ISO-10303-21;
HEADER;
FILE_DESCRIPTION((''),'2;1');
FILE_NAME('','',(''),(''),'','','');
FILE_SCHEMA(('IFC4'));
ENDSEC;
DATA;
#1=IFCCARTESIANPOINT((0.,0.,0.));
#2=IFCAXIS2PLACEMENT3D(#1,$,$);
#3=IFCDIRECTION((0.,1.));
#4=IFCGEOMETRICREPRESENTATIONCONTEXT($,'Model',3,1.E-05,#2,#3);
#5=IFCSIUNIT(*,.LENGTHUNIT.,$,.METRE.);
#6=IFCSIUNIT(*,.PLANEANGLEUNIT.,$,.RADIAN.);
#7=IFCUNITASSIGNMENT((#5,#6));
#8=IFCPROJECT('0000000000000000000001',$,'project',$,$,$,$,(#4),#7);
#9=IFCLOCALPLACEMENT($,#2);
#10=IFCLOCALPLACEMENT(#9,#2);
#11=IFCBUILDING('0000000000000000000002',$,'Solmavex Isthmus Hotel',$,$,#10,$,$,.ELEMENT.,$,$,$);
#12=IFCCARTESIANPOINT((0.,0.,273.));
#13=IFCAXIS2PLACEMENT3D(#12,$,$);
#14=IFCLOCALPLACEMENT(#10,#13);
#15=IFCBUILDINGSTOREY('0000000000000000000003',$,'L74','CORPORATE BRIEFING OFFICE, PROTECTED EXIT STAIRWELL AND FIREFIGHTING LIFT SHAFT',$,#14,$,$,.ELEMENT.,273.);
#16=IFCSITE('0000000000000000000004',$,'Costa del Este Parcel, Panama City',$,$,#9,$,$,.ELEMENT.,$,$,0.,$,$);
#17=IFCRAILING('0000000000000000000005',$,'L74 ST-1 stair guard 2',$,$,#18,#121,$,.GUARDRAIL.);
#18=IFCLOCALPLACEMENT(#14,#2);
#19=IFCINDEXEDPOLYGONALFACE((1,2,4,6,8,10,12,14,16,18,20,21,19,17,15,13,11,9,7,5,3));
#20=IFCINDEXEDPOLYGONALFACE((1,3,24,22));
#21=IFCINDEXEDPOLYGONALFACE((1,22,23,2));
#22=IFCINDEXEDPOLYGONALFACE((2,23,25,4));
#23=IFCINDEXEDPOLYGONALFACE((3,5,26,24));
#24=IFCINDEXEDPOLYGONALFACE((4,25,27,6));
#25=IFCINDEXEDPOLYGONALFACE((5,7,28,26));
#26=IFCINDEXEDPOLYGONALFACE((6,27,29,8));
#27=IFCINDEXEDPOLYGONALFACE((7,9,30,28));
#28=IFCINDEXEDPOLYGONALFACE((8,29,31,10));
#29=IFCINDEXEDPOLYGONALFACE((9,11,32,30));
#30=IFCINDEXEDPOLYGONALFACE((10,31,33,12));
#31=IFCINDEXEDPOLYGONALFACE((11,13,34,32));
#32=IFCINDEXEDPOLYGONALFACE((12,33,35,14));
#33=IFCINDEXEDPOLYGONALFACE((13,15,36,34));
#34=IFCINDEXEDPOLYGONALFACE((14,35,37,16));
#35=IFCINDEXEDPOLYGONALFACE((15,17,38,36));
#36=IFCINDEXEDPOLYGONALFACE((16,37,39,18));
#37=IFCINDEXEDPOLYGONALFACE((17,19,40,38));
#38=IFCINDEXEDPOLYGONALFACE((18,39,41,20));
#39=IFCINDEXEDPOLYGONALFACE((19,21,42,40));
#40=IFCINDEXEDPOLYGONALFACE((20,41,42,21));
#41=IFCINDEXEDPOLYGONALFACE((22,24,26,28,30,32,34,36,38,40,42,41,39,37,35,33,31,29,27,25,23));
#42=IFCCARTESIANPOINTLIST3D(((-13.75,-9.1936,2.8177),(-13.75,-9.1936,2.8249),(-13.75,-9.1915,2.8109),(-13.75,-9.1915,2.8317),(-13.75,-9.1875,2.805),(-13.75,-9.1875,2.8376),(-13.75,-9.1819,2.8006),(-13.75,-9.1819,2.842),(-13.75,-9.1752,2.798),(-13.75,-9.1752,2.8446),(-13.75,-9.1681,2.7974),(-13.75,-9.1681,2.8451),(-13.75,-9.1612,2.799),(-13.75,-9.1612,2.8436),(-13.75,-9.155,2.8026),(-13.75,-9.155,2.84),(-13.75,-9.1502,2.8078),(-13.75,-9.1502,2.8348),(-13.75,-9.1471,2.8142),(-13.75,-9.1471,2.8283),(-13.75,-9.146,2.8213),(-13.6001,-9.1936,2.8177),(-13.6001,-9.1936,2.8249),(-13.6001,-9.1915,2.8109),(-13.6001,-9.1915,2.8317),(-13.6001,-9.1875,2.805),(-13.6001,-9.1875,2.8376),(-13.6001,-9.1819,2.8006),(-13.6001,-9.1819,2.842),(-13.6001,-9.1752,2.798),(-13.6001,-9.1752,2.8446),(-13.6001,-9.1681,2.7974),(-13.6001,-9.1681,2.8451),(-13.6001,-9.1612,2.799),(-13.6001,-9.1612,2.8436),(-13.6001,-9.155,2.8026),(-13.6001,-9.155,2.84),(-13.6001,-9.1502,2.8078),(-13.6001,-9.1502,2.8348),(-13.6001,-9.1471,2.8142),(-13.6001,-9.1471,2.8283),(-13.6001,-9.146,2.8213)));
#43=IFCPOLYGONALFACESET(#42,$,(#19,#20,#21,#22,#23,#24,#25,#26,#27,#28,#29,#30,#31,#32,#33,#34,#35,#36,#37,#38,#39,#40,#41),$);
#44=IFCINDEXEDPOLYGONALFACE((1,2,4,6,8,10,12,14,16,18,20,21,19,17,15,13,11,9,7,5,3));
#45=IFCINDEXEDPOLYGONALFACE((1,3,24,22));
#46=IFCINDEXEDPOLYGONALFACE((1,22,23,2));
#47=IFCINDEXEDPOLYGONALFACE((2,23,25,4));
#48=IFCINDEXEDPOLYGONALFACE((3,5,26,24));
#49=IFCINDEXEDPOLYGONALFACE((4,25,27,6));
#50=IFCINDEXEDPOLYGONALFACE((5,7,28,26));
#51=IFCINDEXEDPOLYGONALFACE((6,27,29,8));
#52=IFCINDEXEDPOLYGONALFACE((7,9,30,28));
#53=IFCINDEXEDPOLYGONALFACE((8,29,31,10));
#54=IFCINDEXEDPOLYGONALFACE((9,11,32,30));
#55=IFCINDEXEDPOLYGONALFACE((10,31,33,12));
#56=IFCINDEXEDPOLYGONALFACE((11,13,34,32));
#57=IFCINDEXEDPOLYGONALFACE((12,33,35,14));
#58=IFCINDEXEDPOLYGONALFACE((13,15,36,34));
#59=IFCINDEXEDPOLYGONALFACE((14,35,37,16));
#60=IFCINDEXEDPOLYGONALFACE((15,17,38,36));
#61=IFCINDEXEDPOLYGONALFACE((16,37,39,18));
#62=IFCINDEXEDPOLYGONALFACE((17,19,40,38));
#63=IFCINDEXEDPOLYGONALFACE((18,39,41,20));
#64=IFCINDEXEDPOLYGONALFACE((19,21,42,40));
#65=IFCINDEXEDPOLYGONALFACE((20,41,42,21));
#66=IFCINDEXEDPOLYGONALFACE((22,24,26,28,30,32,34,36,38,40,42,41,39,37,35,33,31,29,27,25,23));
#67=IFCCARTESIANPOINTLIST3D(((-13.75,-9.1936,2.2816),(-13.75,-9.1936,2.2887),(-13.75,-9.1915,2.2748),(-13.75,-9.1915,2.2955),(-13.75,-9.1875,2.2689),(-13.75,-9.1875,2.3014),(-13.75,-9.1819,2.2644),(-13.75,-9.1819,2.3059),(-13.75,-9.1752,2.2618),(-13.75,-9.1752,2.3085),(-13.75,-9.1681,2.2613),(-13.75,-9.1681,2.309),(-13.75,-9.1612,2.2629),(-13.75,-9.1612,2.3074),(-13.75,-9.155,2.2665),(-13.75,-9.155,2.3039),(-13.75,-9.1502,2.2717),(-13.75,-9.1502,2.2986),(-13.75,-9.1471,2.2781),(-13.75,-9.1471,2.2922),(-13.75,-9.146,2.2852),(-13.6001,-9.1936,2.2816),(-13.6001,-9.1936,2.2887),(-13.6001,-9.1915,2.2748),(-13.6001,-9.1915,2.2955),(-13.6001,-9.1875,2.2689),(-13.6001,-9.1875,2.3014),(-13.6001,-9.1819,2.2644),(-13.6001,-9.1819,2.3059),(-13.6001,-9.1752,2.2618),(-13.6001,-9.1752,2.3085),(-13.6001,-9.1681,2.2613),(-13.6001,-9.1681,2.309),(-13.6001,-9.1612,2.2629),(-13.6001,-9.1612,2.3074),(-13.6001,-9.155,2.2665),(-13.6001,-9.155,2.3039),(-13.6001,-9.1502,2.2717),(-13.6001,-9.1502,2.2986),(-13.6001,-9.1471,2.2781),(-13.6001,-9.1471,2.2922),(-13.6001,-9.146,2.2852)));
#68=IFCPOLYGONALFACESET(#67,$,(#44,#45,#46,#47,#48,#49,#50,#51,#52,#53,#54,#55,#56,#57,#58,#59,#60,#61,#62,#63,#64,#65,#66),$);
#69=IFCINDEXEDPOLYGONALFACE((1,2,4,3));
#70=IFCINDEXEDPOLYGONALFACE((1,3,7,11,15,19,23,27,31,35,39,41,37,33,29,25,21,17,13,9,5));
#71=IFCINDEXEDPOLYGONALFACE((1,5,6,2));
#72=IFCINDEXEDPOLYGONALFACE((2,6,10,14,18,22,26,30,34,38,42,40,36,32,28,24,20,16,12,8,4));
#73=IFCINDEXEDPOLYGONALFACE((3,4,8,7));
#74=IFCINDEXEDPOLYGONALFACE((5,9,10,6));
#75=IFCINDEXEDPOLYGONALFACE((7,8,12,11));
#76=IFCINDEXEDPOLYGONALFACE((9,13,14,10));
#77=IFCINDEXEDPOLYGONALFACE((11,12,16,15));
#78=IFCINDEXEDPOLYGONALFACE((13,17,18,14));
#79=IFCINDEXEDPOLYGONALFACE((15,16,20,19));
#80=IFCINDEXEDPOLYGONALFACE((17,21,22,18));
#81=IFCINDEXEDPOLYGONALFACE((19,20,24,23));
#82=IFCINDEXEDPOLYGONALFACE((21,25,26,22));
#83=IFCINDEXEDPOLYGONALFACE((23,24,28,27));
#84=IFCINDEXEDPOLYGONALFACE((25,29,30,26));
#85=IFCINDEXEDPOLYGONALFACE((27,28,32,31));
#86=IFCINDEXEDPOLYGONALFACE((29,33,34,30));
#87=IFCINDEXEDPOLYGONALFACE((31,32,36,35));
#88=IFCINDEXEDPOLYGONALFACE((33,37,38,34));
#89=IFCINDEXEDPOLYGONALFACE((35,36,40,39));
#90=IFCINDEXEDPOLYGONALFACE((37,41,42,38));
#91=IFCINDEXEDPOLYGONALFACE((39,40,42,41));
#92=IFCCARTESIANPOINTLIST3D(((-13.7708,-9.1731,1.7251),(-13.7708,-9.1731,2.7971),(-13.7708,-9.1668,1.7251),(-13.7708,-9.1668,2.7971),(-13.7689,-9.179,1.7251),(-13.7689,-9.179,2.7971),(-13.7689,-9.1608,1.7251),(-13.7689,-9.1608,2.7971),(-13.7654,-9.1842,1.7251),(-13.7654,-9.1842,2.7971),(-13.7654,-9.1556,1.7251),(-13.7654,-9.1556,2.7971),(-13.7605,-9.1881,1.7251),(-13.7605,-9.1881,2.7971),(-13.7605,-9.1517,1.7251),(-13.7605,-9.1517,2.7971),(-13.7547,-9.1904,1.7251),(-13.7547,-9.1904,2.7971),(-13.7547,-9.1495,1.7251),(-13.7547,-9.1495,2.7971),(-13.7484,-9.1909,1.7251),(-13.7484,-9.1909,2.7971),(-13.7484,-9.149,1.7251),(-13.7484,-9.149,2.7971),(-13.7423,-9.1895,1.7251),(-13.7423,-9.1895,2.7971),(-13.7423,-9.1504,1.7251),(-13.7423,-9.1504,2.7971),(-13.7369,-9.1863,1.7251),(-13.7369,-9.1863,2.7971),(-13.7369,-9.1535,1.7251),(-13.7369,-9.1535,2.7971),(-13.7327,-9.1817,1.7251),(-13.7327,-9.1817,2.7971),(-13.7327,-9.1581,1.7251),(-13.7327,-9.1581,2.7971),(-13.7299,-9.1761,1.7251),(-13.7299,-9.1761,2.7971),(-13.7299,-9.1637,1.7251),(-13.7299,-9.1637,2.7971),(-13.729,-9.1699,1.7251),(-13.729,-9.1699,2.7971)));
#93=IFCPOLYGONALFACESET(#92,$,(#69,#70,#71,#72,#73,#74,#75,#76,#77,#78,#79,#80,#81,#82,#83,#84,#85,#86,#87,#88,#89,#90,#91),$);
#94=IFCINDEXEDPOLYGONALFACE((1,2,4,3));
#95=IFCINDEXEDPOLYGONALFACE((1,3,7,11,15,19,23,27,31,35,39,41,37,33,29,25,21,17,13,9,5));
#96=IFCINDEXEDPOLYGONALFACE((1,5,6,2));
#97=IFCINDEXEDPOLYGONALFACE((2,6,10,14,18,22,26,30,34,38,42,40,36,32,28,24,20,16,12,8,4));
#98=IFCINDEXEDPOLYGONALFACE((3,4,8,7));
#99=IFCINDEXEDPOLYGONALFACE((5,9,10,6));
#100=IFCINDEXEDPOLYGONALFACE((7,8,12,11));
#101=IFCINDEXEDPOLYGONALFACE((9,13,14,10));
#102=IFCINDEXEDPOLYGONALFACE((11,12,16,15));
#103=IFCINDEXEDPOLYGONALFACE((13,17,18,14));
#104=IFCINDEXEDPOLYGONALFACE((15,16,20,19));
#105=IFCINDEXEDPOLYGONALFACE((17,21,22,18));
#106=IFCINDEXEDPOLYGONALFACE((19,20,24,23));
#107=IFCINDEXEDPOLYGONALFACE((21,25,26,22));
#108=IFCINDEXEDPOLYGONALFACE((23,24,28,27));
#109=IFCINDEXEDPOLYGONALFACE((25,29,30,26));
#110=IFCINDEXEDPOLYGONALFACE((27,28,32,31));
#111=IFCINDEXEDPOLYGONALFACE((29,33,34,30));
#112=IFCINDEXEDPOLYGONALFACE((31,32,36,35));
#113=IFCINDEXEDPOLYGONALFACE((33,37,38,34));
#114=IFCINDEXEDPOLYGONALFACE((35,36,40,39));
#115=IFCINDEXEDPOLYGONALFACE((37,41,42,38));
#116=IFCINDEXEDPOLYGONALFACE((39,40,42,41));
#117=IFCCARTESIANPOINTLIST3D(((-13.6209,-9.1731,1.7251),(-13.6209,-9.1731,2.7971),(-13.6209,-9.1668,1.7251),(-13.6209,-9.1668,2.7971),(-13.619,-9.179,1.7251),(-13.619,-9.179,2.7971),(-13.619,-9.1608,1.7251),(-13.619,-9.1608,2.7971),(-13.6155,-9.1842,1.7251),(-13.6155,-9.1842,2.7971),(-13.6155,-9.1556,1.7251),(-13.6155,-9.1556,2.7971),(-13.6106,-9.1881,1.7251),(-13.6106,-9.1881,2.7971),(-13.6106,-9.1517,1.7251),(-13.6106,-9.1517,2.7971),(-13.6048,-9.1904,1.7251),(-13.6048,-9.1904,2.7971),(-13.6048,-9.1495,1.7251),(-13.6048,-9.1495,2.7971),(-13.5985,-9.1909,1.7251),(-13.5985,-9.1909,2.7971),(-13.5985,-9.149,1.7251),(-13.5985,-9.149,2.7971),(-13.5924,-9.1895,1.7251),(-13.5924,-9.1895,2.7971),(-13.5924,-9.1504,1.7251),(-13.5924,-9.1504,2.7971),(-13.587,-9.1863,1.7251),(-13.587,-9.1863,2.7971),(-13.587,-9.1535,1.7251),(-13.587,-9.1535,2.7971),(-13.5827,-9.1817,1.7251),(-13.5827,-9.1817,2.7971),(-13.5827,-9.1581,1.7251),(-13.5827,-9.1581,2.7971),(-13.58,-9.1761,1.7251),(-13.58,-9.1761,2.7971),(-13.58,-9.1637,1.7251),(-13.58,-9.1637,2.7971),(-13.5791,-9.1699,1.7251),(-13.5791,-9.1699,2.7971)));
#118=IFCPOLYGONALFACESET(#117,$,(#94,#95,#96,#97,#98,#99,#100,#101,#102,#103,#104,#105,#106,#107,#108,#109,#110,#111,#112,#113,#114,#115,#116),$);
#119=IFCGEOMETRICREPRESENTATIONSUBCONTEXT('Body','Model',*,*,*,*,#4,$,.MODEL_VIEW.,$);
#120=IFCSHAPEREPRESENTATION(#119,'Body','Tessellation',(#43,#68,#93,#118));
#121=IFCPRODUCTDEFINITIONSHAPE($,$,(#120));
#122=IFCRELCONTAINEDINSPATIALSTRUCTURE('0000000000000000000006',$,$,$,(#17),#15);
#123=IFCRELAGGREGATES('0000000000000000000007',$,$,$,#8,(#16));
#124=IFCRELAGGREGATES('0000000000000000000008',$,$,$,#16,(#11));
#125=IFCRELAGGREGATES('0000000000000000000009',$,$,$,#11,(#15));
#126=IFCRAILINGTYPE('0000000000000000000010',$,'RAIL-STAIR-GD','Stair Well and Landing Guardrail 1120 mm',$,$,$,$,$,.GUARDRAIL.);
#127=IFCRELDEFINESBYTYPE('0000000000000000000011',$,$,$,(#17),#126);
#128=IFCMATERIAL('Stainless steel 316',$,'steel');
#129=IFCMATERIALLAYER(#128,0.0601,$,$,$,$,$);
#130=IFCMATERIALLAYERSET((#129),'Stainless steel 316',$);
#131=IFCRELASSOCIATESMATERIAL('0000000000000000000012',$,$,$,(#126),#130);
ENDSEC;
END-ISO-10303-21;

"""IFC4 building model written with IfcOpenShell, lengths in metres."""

from ifc_helpers import new_model, si_unit, direction, frame, origin, origin_2d, place, context, subcontext, project, spatial, circle, extrude, material, layer, layer_set, type_object, element, save


model = new_model("IFC4")

# Units and contexts
model_context = context("Model", 3, precision=1e-05, world=origin(), true_north=direction((0.0, 1.0)))
body_context = subcontext(model_context, "Body", "Model", "MODEL_VIEW")
ifc_project = project(units=[si_unit("LENGTHUNIT", "METRE"), si_unit("PLANEANGLEUNIT", "RADIAN")], contexts=[model_context])

# Site, building, storey
site_placement = place(None, origin())
site = spatial("IfcSite", under=ifc_project, at=site_placement, Name="Costa del Este Parcel, Panama City", CompositionType="ELEMENT", RefElevation=0.0)
building_placement = place(site_placement, origin())
building = spatial("IfcBuilding", under=site, at=building_placement, Name="Solmavex Isthmus Hotel", CompositionType="ELEMENT")
storey_placement = place(building_placement, frame((0.0, 0.0, 273.0)))
storey = spatial("IfcBuildingStorey", under=building, at=storey_placement, Name="L74", Description="CORPORATE BRIEFING OFFICE, PROTECTED EXIT STAIRWELL AND FIREFIGHTING LIFT SHAFT", CompositionType="ELEMENT", Elevation=273.0)

# Shared definitions
ifc_material_1 = material(Name="Stainless steel 316", Category="steel")

# Railing
ifc_layer_1 = layer(ifc_material_1, 0.0601)
ifc_layer_set_1 = layer_set([ifc_layer_1], Name="Stainless steel 316")
railing_type_1 = type_object("IfcRailingType", Name="RAIL-STAIR-GD", Description="Stair Well and Landing Guardrail 1120 mm", PredefinedType="GUARDRAIL", material=ifc_layer_set_1)
railing_1_placement = place(storey_placement, frame((-13.75, -9.1699, 1.7251)))
element("IfcRailing", 1, at=railing_1_placement, inside=storey, type_object=railing_type_1, Name="L74 ST-1 stair guard 2", PredefinedType="GUARDRAIL", context=body_context, shape_type="SweptSolid", body=[
    extrude(circle(Radius=0.0239, at=origin_2d()), frame((0.0, 0.0, 1.0962), z_axis=(1.0, 0.0, 0.0), x_axis=(0.0, 1.0, 0.0)), (0.0, 0.0, 1.0), 0.1499),
    extrude(circle(Radius=0.0239, at=origin_2d()), frame((0.0, 0.0, 0.5601), z_axis=(1.0, 0.0, 0.0), x_axis=(0.0, 1.0, 0.0)), (0.0, 0.0, 1.0), 0.1499),
    extrude(circle(Radius=0.021, at=origin_2d()), origin(), (0.0, 0.0, 1.0), 1.072),
    extrude(circle(Radius=0.021, at=origin_2d()), frame((0.1499, 0.0, 0.0)), (0.0, 0.0, 1.0), 1.072),
])

save(model, "model.ifc")
